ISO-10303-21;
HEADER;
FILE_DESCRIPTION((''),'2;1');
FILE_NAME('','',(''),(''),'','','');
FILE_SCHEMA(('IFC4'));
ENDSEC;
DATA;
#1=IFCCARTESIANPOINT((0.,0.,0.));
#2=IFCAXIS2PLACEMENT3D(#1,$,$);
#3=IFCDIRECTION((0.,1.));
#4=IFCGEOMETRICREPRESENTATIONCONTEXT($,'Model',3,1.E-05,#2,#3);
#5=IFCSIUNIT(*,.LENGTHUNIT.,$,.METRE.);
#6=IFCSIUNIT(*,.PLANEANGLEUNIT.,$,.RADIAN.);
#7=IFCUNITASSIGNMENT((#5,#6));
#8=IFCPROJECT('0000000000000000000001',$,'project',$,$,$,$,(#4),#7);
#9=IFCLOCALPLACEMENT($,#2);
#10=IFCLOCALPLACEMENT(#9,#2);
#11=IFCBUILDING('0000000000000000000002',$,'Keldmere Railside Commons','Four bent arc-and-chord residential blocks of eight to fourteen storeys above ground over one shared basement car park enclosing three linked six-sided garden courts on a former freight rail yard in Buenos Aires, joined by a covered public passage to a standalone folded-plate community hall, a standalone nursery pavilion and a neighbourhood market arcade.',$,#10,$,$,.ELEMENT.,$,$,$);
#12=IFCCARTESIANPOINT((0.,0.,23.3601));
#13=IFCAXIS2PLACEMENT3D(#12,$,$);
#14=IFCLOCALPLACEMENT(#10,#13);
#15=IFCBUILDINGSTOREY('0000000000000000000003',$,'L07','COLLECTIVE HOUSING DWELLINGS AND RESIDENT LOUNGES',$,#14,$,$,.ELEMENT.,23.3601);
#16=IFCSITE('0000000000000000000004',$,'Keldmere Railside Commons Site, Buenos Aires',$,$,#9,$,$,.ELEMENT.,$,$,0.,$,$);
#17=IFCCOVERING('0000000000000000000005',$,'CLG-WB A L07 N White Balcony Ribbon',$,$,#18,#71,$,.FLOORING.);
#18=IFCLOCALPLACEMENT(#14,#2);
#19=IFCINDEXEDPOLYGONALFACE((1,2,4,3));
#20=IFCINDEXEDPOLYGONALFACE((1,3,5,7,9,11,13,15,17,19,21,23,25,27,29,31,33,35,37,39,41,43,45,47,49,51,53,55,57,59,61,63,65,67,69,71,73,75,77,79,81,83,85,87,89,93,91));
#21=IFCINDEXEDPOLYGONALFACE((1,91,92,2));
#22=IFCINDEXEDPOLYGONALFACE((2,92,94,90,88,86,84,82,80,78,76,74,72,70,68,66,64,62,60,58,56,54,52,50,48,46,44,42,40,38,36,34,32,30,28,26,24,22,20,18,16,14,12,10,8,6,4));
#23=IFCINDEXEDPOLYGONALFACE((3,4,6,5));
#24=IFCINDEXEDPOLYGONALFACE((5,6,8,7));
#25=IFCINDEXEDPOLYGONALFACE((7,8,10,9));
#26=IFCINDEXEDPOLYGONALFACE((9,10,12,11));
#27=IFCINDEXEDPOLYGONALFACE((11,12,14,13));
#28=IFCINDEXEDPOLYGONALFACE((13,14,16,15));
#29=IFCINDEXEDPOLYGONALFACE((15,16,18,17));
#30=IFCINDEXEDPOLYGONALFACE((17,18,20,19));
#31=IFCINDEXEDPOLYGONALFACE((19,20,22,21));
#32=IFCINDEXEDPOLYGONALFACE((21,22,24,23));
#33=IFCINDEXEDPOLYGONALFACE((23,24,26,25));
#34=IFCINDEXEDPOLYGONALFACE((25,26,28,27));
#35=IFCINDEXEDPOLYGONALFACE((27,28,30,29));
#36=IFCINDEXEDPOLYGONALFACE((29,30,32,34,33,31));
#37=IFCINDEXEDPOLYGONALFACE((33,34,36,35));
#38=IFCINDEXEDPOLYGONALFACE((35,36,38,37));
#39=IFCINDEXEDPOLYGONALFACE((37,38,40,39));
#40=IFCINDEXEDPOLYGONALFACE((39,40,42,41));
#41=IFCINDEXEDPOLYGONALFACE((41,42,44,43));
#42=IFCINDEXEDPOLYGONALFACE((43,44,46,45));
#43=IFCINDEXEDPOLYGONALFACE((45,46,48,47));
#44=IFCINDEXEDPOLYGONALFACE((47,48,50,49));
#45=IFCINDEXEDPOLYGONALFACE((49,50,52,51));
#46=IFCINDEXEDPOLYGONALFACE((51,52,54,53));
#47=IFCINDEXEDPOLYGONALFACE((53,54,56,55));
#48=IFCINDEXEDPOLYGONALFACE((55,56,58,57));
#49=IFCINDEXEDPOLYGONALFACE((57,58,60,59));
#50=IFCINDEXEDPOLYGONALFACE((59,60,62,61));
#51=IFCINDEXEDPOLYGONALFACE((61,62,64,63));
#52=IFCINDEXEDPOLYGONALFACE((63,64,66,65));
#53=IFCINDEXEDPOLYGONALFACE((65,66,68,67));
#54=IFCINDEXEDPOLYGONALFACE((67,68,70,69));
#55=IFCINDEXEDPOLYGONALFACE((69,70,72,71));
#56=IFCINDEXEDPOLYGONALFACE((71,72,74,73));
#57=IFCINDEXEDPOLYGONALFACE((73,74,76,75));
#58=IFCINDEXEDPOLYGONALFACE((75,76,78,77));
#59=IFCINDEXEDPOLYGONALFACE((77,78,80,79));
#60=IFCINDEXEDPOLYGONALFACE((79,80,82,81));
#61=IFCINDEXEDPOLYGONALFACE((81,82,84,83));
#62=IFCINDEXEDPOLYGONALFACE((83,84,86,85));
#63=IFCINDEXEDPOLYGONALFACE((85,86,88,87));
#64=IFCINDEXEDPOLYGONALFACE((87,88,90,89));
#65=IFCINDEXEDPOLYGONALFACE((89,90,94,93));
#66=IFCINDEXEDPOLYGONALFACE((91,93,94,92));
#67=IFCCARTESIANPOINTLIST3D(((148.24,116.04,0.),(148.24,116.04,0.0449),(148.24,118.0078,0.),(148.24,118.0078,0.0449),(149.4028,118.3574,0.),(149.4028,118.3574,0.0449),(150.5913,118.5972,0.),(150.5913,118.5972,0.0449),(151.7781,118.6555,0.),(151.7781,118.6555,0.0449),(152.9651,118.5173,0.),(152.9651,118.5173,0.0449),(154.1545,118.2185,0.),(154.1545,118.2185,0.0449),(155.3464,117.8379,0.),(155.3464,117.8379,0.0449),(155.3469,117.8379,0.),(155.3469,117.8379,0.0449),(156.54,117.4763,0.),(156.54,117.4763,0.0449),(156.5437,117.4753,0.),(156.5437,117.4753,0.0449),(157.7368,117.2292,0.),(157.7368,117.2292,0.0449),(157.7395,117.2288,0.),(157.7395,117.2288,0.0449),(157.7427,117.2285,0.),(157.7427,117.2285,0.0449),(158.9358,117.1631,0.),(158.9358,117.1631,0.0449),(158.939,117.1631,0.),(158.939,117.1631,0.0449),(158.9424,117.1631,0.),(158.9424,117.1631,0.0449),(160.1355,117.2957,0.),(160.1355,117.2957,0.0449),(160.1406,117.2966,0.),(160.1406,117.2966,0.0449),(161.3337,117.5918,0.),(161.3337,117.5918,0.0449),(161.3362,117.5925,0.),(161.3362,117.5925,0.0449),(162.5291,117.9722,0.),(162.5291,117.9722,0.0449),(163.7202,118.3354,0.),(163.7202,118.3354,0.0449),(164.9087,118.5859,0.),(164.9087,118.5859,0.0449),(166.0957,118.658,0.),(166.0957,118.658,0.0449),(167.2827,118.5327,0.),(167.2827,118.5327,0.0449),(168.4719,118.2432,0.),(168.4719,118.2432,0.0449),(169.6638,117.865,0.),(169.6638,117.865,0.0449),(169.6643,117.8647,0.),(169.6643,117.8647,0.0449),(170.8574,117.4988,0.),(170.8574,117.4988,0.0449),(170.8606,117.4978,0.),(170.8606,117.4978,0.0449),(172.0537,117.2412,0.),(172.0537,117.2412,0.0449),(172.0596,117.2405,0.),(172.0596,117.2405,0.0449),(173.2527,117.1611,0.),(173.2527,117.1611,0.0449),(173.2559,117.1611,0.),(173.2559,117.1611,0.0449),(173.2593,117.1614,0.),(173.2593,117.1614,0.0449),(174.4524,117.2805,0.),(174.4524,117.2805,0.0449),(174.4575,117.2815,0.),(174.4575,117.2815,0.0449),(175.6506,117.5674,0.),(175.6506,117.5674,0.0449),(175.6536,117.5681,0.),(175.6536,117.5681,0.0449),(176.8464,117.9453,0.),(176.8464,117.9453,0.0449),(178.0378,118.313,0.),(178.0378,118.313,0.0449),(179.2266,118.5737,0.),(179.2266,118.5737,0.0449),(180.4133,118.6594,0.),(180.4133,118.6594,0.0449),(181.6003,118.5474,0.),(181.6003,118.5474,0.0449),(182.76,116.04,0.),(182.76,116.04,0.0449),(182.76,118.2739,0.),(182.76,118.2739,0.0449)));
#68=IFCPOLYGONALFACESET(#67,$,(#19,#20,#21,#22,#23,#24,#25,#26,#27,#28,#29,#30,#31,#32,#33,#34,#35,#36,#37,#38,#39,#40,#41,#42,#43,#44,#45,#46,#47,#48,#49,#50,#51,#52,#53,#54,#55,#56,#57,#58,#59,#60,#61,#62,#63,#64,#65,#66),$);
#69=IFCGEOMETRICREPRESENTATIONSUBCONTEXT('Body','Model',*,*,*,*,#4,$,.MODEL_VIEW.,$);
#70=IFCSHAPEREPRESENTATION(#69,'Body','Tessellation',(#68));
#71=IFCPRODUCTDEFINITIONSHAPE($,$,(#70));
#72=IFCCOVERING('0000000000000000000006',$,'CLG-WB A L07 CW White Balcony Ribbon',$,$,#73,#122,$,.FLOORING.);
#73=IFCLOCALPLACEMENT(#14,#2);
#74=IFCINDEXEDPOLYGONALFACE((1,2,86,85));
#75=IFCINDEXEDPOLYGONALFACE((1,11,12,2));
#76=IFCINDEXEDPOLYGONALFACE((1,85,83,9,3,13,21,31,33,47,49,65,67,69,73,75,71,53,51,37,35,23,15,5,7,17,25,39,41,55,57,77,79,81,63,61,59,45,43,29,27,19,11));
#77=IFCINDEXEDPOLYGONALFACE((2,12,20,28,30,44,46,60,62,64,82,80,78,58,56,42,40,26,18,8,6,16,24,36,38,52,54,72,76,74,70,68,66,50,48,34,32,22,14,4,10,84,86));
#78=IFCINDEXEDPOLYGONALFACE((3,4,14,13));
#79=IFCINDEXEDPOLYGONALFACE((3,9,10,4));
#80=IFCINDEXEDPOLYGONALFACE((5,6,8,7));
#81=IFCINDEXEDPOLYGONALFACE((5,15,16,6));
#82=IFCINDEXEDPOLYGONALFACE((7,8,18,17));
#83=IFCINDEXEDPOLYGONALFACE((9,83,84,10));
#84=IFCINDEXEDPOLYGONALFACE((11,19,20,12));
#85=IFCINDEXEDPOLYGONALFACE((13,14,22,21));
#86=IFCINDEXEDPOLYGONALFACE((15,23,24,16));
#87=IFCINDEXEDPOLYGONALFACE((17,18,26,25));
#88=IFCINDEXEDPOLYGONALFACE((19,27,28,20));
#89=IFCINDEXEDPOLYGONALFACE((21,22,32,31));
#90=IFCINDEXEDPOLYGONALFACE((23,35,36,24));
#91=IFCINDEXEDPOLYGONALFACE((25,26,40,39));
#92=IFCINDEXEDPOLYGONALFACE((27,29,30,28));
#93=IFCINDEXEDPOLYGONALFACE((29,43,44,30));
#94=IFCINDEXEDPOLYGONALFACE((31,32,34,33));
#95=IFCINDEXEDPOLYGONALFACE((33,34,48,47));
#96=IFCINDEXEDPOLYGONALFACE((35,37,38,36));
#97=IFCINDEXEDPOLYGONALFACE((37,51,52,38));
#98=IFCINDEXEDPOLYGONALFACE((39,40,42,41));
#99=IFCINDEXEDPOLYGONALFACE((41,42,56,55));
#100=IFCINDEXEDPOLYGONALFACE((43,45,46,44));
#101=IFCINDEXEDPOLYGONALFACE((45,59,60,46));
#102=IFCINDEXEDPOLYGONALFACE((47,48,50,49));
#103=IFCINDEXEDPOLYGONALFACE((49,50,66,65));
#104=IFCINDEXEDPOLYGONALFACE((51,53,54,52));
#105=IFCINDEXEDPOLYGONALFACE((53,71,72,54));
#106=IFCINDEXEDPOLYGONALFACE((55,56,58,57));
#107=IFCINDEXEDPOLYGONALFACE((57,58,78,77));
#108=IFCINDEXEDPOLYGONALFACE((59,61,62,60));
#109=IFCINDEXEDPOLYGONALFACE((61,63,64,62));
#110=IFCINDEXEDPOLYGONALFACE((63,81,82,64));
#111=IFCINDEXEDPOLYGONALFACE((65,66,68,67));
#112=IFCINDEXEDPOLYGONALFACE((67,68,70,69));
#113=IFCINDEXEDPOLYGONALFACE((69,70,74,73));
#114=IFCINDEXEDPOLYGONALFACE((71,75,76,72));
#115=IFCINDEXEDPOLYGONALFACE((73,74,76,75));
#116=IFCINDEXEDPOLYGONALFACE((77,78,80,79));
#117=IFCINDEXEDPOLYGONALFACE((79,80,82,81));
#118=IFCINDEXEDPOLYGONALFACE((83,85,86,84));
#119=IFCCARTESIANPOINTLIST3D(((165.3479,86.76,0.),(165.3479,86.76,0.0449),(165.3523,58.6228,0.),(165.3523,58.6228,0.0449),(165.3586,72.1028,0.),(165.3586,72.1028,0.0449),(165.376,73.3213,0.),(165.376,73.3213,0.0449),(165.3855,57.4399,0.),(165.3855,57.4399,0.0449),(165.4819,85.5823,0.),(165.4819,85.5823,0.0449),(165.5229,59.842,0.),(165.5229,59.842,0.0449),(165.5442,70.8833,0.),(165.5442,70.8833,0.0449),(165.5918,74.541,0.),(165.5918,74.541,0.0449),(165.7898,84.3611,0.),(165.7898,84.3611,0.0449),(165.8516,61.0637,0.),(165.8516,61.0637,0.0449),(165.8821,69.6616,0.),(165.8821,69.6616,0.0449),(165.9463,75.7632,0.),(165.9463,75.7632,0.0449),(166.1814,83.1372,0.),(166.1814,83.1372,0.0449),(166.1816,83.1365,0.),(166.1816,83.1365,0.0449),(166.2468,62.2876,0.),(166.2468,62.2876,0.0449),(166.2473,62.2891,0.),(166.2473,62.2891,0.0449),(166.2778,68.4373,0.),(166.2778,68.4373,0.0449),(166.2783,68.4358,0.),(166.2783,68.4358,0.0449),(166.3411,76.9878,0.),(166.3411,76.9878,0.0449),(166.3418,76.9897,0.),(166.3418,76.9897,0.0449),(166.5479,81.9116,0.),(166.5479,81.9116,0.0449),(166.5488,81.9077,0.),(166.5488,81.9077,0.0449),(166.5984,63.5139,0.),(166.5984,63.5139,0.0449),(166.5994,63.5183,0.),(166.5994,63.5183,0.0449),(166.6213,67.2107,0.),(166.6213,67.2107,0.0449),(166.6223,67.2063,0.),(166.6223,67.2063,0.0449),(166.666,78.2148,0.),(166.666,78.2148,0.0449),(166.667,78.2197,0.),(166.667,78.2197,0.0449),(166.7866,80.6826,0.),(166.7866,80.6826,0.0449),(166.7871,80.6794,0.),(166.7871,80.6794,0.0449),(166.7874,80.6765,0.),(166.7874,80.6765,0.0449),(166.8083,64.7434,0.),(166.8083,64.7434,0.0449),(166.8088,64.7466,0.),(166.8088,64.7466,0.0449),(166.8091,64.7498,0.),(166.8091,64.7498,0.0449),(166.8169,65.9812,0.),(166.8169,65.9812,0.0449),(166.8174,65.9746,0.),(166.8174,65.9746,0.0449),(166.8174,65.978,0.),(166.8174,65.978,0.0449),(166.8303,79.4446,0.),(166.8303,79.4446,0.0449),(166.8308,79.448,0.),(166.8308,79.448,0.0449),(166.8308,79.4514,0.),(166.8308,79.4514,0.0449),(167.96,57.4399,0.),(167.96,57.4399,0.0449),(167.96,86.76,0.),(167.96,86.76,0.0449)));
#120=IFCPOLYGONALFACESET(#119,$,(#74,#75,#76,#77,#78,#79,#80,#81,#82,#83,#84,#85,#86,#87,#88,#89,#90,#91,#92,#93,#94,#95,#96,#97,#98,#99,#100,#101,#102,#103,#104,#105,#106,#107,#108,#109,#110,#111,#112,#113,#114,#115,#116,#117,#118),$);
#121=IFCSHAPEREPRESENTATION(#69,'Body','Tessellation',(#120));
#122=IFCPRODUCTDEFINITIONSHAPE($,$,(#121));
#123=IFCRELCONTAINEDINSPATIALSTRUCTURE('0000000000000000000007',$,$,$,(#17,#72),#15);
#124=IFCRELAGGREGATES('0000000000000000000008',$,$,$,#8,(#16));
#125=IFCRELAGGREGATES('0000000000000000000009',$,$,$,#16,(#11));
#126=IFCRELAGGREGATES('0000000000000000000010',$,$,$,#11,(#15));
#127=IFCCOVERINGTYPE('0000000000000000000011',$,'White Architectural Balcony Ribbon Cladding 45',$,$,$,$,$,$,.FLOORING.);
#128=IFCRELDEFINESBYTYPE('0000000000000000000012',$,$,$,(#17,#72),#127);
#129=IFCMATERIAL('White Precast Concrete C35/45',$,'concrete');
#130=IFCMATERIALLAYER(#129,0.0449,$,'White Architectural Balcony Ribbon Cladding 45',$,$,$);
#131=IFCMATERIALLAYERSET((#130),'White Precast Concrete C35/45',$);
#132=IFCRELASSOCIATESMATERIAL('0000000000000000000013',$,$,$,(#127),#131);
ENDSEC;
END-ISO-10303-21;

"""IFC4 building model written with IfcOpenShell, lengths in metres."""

from ifc_helpers import new_model, si_unit, direction, frame, origin, place, context, subcontext, project, spatial, polyline, outline, extrude, material, layer, layer_set, type_object, element, save


model = new_model("IFC4")

# Units and contexts
model_context = context("Model", 3, precision=1e-05, world=origin(), true_north=direction((0.0, 1.0)))
body_context = subcontext(model_context, "Body", "Model", "MODEL_VIEW")
ifc_project = project(units=[si_unit("LENGTHUNIT", "METRE"), si_unit("PLANEANGLEUNIT", "RADIAN")], contexts=[model_context])

# Site, building, storey
site_placement = place(None, origin())
site = spatial("IfcSite", under=ifc_project, at=site_placement, Name="Keldmere Railside Commons Site, Buenos Aires", CompositionType="ELEMENT", RefElevation=0.0)
building_placement = place(site_placement, origin())
building = spatial("IfcBuilding", under=site, at=building_placement, Name="Keldmere Railside Commons", Description="Four bent arc-and-chord residential blocks of eight to fourteen storeys above ground over one shared basement car park enclosing three linked six-sided garden courts on a former freight rail yard in Buenos Aires, joined by a covered public passage to a standalone folded-plate community hall, a standalone nursery pavilion and a neighbourhood market arcade.", CompositionType="ELEMENT")
storey_placement = place(building_placement, frame((0.0, 0.0, 23.3601)))
storey = spatial("IfcBuildingStorey", under=building, at=storey_placement, Name="L07", Description="COLLECTIVE HOUSING DWELLINGS AND RESIDENT LOUNGES", CompositionType="ELEMENT", Elevation=23.3601)

# Coverings
ifc_material_1 = material(Name="White Precast Concrete C35/45", Category="concrete")
ifc_layer_1 = layer(ifc_material_1, 0.0449, Name="White Architectural Balcony Ribbon Cladding 45")
ifc_layer_set_1 = layer_set([ifc_layer_1], Name="White Precast Concrete C35/45")
covering_type = type_object("IfcCoveringType", Name="White Architectural Balcony Ribbon Cladding 45", PredefinedType="FLOORING", material=ifc_layer_set_1)
covering_1_placement = place(storey_placement, origin())
element("IfcCovering", 1, at=covering_1_placement, inside=storey, type_object=covering_type, Name="CLG-WB A L07 N White Balcony Ribbon", PredefinedType="FLOORING", context=body_context, shape_type="SweptSolid", body=[
    extrude(outline(polyline([(182.76, 116.04), (182.76, 118.2739), (181.6003, 118.5474), (180.4133, 118.6594), (179.2266, 118.5737), (178.0378, 118.313), (176.8464, 117.9453), (175.6536, 117.5681), (175.6506, 117.5674), (174.4575, 117.2815), (174.4524, 117.2805), (173.2593, 117.1614), (173.2559, 117.1611), (173.2527, 117.1611), (172.0596, 117.2405), (172.0537, 117.2412), (170.8606, 117.4978), (170.8574, 117.4988), (169.6643, 117.8647), (169.6638, 117.865), (168.4719, 118.2432), (167.2827, 118.5327), (166.0957, 118.658), (164.9087, 118.5859), (163.7202, 118.3354), (162.5291, 117.9722), (161.3362, 117.5925), (161.3337, 117.5918), (160.1406, 117.2966), (160.1355, 117.2957), (158.9424, 117.1631), (158.939, 117.1631), (158.9358, 117.1631), (157.7427, 117.2285), (157.7395, 117.2288), (157.7368, 117.2292), (156.5437, 117.4753), (156.54, 117.4763), (155.3469, 117.8379), (155.3464, 117.8379), (154.1545, 118.2185), (152.9651, 118.5173), (151.7781, 118.6555), (150.5913, 118.5972), (149.4028, 118.3574), (148.24, 118.0078), (148.24, 116.04), (182.76, 116.04)])), origin(), (0.0, 0.0, 1.0), 0.0449),
])
covering_2_placement = place(storey_placement, origin())
element("IfcCovering", 2, at=covering_2_placement, inside=storey, type_object=covering_type, Name="CLG-WB A L07 CW White Balcony Ribbon", PredefinedType="FLOORING", context=body_context, shape_type="SweptSolid", body=[
    extrude(outline(polyline([(167.96, 86.76), (165.3479, 86.76), (165.4819, 85.5823), (165.7898, 84.3611), (166.1814, 83.1372), (166.1816, 83.1365), (166.5479, 81.9116), (166.5488, 81.9077), (166.7866, 80.6826), (166.7871, 80.6794), (166.7874, 80.6765), (166.8308, 79.4514), (166.8308, 79.448), (166.8303, 79.4446), (166.667, 78.2197), (166.666, 78.2148), (166.3418, 76.9897), (166.3411, 76.9878), (165.9463, 75.7632), (165.5918, 74.541), (165.376, 73.3213), (165.3586, 72.1028), (165.5442, 70.8833), (165.8821, 69.6616), (166.2778, 68.4373), (166.2783, 68.4358), (166.6213, 67.2107), (166.6223, 67.2063), (166.8169, 65.9812), (166.8174, 65.978), (166.8174, 65.9746), (166.8091, 64.7498), (166.8088, 64.7466), (166.8083, 64.7434), (166.5994, 63.5183), (166.5984, 63.5139), (166.2473, 62.2891), (166.2468, 62.2876), (165.8516, 61.0637), (165.5229, 59.842), (165.3523, 58.6228), (165.3855, 57.4399), (167.96, 57.4399), (167.96, 86.76)])), origin(), (0.0, 0.0, 1.0), 0.0449),
])

save(model, "model.ifc")
